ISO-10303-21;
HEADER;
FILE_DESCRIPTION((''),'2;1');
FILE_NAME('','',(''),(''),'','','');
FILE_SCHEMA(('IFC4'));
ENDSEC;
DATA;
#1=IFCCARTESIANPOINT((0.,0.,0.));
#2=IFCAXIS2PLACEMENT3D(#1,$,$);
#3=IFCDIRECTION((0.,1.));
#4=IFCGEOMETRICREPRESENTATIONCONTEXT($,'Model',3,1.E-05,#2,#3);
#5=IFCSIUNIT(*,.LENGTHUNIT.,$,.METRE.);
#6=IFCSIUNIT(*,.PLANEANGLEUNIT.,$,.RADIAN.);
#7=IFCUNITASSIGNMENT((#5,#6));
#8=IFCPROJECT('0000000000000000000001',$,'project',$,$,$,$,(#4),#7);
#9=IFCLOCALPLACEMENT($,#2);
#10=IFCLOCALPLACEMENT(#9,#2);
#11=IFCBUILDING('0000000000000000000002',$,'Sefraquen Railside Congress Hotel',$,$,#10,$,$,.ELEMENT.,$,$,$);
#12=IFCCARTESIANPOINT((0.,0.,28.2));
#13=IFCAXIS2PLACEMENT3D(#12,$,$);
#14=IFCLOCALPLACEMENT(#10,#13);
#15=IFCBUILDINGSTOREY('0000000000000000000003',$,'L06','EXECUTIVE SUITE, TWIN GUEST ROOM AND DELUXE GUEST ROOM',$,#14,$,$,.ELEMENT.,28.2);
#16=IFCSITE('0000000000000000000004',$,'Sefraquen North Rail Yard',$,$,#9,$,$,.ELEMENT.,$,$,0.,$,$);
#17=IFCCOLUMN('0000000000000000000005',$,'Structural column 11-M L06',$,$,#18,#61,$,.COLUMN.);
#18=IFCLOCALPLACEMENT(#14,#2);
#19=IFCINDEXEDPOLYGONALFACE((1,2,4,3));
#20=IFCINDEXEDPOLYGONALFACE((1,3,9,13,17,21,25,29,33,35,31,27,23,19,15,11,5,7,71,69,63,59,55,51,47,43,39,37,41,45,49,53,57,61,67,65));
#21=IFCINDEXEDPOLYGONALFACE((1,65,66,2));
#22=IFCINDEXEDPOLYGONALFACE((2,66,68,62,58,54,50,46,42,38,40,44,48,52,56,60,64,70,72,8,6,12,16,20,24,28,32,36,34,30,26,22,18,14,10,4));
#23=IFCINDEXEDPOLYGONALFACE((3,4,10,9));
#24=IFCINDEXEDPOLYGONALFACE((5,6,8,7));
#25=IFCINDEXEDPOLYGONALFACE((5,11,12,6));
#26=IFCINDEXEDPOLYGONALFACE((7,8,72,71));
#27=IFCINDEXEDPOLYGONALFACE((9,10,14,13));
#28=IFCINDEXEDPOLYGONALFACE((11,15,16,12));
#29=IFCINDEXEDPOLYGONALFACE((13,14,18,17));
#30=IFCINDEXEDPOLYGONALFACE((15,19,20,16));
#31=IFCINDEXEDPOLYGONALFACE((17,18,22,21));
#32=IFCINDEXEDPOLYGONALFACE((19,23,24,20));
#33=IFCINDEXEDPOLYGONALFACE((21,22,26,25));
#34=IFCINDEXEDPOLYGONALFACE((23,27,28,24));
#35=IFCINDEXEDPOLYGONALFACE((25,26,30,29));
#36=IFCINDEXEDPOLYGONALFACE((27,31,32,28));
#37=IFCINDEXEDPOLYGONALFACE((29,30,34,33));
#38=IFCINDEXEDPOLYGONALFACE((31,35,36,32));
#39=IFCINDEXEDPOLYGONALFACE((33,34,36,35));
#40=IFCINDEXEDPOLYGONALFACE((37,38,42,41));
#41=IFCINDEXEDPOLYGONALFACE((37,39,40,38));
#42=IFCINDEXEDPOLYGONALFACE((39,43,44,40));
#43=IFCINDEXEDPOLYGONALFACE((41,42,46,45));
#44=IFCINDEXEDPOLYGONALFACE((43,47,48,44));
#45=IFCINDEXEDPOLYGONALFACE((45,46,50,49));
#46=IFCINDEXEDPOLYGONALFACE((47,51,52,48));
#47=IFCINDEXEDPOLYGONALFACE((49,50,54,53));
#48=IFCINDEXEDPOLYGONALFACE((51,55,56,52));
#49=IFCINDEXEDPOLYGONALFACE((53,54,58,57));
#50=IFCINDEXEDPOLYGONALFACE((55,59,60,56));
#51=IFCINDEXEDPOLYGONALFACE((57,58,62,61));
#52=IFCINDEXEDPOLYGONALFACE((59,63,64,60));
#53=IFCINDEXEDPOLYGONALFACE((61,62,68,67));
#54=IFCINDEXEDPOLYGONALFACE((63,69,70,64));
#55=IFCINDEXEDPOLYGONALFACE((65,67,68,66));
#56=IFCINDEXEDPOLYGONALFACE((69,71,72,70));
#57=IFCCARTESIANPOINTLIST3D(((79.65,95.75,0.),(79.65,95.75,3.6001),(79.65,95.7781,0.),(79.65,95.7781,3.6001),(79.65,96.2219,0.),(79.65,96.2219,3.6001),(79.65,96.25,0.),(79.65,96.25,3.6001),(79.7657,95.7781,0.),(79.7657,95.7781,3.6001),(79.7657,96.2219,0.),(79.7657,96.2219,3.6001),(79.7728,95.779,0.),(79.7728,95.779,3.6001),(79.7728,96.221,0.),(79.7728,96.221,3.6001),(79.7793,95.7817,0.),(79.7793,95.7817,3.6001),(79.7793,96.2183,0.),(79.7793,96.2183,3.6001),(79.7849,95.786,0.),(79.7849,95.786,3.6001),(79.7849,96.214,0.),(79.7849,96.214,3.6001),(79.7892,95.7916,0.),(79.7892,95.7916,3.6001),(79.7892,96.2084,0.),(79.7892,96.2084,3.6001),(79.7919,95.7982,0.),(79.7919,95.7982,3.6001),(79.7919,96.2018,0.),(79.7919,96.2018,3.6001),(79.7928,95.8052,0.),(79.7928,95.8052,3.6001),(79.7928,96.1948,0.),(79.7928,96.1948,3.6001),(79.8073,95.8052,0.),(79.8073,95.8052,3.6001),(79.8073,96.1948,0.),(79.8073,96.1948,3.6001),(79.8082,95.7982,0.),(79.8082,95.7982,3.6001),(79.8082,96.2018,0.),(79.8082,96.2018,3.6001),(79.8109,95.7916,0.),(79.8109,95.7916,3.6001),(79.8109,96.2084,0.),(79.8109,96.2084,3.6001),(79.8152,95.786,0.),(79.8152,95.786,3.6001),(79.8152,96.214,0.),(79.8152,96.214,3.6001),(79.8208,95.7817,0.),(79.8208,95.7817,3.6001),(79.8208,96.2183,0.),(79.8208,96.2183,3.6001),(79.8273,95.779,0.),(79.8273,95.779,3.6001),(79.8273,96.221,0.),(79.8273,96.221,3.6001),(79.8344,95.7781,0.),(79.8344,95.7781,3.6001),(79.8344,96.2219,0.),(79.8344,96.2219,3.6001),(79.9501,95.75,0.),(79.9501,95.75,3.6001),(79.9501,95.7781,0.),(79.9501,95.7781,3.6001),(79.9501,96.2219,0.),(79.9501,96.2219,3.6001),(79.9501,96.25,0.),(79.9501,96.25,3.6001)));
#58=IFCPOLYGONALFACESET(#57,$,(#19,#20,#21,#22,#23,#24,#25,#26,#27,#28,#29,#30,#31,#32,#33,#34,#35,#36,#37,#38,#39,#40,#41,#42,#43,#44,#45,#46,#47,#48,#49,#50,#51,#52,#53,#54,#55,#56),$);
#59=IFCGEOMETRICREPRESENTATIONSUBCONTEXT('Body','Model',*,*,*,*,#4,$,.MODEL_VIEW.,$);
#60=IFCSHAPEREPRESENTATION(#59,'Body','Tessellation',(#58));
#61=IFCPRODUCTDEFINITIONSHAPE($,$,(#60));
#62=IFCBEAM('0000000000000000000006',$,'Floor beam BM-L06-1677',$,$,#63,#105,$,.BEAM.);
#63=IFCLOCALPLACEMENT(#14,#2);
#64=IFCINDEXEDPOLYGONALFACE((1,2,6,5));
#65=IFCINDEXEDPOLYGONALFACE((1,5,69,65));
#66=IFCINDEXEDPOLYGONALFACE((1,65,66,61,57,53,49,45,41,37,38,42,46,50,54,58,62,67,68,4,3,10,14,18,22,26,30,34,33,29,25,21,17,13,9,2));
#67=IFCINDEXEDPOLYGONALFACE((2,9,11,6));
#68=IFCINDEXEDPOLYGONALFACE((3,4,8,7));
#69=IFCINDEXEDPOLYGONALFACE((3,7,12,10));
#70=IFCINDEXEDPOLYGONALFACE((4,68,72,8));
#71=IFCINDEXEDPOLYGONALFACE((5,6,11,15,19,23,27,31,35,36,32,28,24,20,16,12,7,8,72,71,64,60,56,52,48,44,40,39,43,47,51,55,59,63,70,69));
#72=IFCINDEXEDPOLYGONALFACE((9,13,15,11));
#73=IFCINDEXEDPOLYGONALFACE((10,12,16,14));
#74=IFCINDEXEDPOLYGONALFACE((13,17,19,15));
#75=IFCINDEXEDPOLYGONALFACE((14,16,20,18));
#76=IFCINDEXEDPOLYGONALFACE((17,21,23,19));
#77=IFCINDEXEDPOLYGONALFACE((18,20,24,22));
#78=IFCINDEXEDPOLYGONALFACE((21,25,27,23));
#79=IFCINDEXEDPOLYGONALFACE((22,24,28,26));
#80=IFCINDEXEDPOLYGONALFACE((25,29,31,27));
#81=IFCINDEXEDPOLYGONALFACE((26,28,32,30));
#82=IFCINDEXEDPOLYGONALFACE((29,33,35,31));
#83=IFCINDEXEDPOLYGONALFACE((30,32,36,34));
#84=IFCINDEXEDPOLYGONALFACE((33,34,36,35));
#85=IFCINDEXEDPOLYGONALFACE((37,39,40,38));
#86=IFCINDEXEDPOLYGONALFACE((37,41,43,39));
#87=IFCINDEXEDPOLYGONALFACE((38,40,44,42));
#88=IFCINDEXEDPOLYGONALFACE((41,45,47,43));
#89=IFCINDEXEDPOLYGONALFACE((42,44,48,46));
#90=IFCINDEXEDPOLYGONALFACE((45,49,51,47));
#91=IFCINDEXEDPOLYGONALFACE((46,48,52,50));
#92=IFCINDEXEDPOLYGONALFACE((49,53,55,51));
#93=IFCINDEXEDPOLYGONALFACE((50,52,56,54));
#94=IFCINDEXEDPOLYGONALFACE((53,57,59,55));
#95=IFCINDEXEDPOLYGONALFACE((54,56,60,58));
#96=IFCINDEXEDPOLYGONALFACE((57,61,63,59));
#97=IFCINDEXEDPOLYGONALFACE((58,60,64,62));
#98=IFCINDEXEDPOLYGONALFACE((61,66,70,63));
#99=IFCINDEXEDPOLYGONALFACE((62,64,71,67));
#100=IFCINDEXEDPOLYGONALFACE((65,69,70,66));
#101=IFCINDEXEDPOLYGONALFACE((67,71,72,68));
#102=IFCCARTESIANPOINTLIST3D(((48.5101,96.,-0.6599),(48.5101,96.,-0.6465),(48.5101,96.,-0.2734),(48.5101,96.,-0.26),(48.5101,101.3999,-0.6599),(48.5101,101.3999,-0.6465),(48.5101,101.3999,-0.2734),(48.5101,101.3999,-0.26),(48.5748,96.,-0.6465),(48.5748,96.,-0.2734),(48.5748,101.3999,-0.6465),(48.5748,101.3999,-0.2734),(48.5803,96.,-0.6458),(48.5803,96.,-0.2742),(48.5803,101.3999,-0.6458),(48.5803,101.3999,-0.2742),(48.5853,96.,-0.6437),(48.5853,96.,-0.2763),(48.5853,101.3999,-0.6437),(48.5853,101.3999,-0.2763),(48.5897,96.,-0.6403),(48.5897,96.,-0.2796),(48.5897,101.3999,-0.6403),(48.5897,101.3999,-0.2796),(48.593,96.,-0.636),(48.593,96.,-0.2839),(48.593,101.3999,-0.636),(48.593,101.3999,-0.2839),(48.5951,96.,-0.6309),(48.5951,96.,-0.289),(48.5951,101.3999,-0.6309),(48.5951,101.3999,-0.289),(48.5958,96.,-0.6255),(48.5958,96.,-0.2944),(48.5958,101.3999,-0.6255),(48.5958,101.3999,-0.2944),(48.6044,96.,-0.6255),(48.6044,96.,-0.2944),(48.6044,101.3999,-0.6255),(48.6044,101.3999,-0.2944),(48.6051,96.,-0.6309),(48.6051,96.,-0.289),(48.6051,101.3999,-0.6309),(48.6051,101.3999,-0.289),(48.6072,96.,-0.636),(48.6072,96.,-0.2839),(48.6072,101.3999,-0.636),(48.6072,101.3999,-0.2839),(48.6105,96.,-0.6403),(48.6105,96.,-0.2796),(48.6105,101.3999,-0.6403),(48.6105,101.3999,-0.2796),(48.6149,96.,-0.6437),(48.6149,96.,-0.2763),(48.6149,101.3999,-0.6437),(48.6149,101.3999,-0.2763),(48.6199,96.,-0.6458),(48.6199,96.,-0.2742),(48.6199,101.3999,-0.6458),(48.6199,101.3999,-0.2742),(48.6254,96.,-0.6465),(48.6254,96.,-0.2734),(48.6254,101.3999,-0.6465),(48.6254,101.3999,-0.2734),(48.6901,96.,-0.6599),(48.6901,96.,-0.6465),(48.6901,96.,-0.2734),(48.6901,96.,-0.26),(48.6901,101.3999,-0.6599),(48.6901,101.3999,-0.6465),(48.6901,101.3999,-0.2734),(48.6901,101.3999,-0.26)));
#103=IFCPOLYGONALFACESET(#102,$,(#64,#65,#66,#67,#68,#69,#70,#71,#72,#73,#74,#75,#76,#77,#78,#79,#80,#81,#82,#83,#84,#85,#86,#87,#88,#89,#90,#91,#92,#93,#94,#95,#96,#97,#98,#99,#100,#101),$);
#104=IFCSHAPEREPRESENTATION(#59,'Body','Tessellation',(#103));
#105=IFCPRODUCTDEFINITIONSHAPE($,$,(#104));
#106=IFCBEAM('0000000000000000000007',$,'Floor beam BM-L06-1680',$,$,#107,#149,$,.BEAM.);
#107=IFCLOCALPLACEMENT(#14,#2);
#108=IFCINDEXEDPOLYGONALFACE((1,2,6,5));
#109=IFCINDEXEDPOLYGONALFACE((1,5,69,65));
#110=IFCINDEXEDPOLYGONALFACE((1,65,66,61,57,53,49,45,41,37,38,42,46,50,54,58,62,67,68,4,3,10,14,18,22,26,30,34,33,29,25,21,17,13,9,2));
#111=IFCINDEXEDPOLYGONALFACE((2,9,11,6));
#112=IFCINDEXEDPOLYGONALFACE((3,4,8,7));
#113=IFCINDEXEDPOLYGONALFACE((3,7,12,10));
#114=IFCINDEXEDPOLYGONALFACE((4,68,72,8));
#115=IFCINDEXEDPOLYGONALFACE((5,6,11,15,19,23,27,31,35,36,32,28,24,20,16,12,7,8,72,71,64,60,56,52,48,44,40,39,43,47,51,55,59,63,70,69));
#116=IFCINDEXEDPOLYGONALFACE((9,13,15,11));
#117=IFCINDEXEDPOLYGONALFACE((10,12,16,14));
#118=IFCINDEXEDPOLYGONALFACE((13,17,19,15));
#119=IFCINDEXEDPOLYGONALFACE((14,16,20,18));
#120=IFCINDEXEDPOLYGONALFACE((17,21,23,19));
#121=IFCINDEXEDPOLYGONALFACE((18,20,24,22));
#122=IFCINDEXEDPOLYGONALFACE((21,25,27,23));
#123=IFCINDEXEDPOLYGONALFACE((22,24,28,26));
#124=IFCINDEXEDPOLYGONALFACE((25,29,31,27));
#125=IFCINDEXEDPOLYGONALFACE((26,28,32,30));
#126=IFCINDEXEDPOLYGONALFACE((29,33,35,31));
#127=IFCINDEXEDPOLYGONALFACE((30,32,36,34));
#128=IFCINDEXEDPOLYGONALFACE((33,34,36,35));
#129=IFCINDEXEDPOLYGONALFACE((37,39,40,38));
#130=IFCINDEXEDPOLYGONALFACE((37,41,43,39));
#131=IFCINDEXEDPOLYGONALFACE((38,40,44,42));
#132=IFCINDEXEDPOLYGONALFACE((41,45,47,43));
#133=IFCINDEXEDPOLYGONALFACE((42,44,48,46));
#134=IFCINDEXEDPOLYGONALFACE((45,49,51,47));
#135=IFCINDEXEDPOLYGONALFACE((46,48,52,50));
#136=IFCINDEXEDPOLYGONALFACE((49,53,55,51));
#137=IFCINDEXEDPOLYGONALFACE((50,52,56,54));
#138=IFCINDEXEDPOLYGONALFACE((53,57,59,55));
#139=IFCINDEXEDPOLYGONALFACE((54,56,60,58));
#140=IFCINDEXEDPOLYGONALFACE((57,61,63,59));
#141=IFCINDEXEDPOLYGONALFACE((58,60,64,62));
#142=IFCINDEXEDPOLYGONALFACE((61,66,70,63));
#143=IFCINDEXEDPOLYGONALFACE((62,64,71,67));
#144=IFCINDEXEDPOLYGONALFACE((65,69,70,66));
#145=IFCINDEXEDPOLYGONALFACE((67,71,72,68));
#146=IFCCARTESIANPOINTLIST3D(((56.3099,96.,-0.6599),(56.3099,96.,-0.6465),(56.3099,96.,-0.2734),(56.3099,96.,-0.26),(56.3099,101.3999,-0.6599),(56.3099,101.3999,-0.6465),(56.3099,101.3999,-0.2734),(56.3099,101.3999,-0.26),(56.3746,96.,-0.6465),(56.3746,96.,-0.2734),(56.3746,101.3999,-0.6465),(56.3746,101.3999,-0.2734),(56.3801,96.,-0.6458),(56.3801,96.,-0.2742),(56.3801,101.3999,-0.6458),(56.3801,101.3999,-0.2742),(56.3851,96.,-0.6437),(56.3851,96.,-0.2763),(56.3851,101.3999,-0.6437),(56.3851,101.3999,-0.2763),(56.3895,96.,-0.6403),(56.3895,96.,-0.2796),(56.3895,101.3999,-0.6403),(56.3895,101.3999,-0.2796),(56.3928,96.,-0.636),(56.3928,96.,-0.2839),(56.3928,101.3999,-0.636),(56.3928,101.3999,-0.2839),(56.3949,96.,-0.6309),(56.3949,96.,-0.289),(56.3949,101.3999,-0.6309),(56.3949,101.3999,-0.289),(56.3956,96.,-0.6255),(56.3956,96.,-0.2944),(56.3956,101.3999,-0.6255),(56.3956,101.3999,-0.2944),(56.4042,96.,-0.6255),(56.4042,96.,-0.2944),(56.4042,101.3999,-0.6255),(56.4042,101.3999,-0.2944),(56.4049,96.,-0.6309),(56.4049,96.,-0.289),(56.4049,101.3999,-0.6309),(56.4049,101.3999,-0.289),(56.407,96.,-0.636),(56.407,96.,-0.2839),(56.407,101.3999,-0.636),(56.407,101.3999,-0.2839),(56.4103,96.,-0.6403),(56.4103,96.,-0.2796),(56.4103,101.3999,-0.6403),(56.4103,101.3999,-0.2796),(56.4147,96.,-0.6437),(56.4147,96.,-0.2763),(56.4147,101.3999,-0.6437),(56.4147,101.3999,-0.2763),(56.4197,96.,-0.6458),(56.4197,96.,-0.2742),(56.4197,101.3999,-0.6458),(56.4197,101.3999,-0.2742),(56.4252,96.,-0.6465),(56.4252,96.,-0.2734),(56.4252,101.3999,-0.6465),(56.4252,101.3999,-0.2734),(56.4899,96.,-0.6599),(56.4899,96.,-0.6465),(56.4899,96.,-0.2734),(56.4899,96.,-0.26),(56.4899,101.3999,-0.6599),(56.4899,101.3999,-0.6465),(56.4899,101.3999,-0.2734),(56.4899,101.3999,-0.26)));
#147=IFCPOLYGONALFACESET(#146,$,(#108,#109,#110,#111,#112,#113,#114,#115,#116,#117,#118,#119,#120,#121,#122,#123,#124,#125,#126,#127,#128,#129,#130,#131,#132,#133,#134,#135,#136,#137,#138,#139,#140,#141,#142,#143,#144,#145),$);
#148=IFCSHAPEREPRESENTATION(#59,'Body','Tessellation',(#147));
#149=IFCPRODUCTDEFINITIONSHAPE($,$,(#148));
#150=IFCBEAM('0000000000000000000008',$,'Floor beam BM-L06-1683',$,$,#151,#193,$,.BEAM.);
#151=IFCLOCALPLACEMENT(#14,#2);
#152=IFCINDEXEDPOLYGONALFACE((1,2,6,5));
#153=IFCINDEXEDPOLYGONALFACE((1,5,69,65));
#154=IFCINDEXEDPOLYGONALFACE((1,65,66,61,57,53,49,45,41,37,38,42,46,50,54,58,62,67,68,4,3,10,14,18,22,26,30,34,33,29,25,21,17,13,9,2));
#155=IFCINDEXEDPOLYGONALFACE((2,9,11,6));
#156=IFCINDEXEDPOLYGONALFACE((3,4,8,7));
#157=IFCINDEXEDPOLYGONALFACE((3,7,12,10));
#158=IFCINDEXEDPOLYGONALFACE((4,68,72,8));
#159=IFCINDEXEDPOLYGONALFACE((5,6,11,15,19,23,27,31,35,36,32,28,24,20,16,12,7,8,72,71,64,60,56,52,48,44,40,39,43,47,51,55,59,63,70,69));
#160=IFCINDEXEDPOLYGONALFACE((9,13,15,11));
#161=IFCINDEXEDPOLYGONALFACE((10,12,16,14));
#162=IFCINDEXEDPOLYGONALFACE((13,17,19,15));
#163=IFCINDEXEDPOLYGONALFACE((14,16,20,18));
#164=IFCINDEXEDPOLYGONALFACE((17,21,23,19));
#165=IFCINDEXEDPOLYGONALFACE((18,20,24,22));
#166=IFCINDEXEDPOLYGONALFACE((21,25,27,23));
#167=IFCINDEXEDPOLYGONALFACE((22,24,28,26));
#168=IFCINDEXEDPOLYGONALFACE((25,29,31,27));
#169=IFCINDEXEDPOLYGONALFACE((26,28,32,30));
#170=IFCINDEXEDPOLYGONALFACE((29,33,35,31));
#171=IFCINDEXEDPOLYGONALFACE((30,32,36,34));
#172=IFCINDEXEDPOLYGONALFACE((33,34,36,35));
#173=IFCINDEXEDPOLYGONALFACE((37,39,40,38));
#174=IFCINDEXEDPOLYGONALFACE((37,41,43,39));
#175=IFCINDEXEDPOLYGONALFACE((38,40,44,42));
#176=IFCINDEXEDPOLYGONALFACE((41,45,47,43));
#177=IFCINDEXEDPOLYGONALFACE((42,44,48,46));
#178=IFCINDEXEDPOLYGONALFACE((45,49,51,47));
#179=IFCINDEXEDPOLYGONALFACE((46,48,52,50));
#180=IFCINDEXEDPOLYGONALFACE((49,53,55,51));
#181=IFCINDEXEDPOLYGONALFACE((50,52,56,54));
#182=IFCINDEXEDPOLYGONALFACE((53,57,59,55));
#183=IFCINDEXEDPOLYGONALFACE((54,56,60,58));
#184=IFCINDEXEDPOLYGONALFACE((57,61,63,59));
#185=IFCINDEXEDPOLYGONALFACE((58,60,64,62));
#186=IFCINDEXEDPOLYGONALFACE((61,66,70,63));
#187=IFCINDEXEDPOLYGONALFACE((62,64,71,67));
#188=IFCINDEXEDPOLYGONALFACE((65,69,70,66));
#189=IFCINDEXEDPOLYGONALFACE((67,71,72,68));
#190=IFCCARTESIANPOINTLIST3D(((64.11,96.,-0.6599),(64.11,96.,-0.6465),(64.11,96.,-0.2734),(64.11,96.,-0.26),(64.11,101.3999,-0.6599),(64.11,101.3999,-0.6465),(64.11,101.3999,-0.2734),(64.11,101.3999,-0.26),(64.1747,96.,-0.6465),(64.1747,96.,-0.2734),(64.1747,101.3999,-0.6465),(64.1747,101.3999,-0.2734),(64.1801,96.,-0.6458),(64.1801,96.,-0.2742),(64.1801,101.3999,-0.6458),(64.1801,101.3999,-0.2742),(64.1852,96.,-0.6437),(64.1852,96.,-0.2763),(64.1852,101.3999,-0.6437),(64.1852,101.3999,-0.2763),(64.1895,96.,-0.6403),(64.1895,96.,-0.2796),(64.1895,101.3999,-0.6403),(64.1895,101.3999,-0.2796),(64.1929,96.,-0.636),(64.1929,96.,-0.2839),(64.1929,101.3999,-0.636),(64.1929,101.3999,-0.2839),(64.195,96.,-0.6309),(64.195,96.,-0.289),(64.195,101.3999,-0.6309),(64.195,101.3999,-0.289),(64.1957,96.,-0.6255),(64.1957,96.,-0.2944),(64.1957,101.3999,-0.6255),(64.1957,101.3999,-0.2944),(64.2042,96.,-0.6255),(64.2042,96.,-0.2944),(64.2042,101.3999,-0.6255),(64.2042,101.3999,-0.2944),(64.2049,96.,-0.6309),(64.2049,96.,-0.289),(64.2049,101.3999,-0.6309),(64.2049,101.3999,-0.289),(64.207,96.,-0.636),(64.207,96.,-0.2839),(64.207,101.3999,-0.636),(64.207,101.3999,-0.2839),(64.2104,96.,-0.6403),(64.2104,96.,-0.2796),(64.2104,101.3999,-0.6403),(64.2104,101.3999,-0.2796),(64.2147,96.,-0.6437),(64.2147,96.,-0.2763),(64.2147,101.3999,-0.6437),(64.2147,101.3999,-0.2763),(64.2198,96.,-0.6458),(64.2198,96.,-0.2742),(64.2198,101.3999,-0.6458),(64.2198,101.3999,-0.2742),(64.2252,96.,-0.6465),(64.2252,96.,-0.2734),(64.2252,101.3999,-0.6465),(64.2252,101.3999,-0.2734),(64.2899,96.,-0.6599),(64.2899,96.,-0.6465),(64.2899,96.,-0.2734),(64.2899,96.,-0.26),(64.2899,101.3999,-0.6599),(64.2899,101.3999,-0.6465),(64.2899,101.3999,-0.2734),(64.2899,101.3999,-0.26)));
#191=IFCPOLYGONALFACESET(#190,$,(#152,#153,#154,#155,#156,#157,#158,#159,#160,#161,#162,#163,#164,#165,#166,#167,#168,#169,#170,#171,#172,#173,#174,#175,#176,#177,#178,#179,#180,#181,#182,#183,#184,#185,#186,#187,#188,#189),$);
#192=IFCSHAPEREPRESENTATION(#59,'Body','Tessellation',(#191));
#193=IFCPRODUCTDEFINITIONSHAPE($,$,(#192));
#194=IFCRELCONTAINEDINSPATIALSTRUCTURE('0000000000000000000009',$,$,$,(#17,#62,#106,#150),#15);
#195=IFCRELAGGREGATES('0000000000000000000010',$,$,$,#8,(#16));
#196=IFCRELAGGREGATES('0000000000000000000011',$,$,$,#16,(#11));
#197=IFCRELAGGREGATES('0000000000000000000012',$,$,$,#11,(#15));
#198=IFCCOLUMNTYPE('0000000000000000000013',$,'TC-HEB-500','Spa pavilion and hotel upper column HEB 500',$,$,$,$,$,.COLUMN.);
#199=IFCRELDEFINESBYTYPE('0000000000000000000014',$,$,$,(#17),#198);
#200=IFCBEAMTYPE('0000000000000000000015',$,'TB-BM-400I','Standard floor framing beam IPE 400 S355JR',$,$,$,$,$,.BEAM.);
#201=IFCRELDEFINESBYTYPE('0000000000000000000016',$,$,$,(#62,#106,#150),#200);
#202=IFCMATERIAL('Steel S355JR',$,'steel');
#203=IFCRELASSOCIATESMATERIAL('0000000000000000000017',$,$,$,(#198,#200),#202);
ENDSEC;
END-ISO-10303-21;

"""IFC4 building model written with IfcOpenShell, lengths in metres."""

from ifc_helpers import new_model, si_unit, direction, frame, origin, origin_2d, place, context, subcontext, project, spatial, i_section, extrude, material, material_profile, profile_set, type_object, element, save


model = new_model("IFC4")

# Units and contexts
model_context = context("Model", 3, precision=1e-05, world=origin(), true_north=direction((0.0, 1.0)))
body_context = subcontext(model_context, "Body", "Model", "MODEL_VIEW")
ifc_project = project(units=[si_unit("LENGTHUNIT", "METRE"), si_unit("PLANEANGLEUNIT", "RADIAN")], contexts=[model_context])

# Site, building, storey
site_placement = place(None, origin())
site = spatial("IfcSite", under=ifc_project, at=site_placement, Name="Sefraquen North Rail Yard", CompositionType="ELEMENT", RefElevation=0.0)
building_placement = place(site_placement, origin())
building = spatial("IfcBuilding", under=site, at=building_placement, Name="Sefraquen Railside Congress Hotel", CompositionType="ELEMENT")
storey_placement = place(building_placement, frame((0.0, 0.0, 28.2)))
storey = spatial("IfcBuildingStorey", under=building, at=storey_placement, Name="L06", Description="EXECUTIVE SUITE, TWIN GUEST ROOM AND DELUXE GUEST ROOM", CompositionType="ELEMENT", Elevation=28.2)

# Column
ifc_material = material(Name="Steel S355JR", Category="steel")
ifc_material_profile_1 = material_profile(ifc_material, i_section(OverallWidth=0.3, OverallDepth=0.5, WebThickness=0.0144, FlangeThickness=0.0281, FilletRadius=0.0271, at=origin_2d()), Name="HEB 500")
ifc_profile_set_1 = profile_set([ifc_material_profile_1], Name="Steel S355JR")
column_type = type_object("IfcColumnType", Name="TC-HEB-500", Description="Spa pavilion and hotel upper column HEB 500", PredefinedType="COLUMN", material=ifc_profile_set_1)
for number, where, z_axis, x_axis, name in (
    (1, (79.8, 96.0, 0.0), (0.0, 0.0, 1.0), (1.0, 0.0, 0.0), "Structural column 11-M L06"),
):
    element("IfcColumn", number, at=place(storey_placement, frame(where, z_axis=z_axis, x_axis=x_axis)), inside=storey, type_object=column_type, Name=name, PredefinedType="COLUMN", context=body_context, shape_type="SweptSolid", body=[
        extrude(i_section(OverallWidth=0.3, OverallDepth=0.5, WebThickness=0.0144, FlangeThickness=0.0281, FilletRadius=0.0271, at=origin_2d()), origin(), (0.0, 0.0, 1.0), 3.6001),
    ])

# Beams
ifc_material_profile_2 = material_profile(ifc_material, i_section(OverallWidth=0.1799, OverallDepth=0.3999, WebThickness=0.0085, FlangeThickness=0.0134, FilletRadius=0.021, at=origin_2d()), Name="IPE 400")
ifc_profile_set_2 = profile_set([ifc_material_profile_2], Name="Steel S355JR")
beam_type_1 = type_object("IfcBeamType", Name="TB-BM-400I", Description="Standard floor framing beam IPE 400 S355JR", PredefinedType="BEAM", material=ifc_profile_set_2)
for number, where, z_axis, x_axis, name in (
    (2, (48.6001, 96.0, -0.46), (0.0, 1.0, 0.0), (-1.0, 0.0, 0.0), "Floor beam BM-L06-1677"),
    (3, (56.3999, 96.0, -0.46), (0.0, 1.0, 0.0), (-1.0, 0.0, 0.0), "Floor beam BM-L06-1680"),
    (4, (64.2, 96.0, -0.46), (0.0, 1.0, 0.0), (-1.0, 0.0, 0.0), "Floor beam BM-L06-1683"),
):
    element("IfcBeam", number, at=place(storey_placement, frame(where, z_axis=z_axis, x_axis=x_axis)), inside=storey, type_object=beam_type_1, Name=name, PredefinedType="BEAM", context=body_context, shape_type="SweptSolid", body=[
        extrude(i_section(OverallWidth=0.1799, OverallDepth=0.3999, WebThickness=0.0085, FlangeThickness=0.0134, FilletRadius=0.021, at=origin_2d()), origin(), (0.0, 0.0, 1.0), 5.3999),
    ])

save(model, "model.ifc")
